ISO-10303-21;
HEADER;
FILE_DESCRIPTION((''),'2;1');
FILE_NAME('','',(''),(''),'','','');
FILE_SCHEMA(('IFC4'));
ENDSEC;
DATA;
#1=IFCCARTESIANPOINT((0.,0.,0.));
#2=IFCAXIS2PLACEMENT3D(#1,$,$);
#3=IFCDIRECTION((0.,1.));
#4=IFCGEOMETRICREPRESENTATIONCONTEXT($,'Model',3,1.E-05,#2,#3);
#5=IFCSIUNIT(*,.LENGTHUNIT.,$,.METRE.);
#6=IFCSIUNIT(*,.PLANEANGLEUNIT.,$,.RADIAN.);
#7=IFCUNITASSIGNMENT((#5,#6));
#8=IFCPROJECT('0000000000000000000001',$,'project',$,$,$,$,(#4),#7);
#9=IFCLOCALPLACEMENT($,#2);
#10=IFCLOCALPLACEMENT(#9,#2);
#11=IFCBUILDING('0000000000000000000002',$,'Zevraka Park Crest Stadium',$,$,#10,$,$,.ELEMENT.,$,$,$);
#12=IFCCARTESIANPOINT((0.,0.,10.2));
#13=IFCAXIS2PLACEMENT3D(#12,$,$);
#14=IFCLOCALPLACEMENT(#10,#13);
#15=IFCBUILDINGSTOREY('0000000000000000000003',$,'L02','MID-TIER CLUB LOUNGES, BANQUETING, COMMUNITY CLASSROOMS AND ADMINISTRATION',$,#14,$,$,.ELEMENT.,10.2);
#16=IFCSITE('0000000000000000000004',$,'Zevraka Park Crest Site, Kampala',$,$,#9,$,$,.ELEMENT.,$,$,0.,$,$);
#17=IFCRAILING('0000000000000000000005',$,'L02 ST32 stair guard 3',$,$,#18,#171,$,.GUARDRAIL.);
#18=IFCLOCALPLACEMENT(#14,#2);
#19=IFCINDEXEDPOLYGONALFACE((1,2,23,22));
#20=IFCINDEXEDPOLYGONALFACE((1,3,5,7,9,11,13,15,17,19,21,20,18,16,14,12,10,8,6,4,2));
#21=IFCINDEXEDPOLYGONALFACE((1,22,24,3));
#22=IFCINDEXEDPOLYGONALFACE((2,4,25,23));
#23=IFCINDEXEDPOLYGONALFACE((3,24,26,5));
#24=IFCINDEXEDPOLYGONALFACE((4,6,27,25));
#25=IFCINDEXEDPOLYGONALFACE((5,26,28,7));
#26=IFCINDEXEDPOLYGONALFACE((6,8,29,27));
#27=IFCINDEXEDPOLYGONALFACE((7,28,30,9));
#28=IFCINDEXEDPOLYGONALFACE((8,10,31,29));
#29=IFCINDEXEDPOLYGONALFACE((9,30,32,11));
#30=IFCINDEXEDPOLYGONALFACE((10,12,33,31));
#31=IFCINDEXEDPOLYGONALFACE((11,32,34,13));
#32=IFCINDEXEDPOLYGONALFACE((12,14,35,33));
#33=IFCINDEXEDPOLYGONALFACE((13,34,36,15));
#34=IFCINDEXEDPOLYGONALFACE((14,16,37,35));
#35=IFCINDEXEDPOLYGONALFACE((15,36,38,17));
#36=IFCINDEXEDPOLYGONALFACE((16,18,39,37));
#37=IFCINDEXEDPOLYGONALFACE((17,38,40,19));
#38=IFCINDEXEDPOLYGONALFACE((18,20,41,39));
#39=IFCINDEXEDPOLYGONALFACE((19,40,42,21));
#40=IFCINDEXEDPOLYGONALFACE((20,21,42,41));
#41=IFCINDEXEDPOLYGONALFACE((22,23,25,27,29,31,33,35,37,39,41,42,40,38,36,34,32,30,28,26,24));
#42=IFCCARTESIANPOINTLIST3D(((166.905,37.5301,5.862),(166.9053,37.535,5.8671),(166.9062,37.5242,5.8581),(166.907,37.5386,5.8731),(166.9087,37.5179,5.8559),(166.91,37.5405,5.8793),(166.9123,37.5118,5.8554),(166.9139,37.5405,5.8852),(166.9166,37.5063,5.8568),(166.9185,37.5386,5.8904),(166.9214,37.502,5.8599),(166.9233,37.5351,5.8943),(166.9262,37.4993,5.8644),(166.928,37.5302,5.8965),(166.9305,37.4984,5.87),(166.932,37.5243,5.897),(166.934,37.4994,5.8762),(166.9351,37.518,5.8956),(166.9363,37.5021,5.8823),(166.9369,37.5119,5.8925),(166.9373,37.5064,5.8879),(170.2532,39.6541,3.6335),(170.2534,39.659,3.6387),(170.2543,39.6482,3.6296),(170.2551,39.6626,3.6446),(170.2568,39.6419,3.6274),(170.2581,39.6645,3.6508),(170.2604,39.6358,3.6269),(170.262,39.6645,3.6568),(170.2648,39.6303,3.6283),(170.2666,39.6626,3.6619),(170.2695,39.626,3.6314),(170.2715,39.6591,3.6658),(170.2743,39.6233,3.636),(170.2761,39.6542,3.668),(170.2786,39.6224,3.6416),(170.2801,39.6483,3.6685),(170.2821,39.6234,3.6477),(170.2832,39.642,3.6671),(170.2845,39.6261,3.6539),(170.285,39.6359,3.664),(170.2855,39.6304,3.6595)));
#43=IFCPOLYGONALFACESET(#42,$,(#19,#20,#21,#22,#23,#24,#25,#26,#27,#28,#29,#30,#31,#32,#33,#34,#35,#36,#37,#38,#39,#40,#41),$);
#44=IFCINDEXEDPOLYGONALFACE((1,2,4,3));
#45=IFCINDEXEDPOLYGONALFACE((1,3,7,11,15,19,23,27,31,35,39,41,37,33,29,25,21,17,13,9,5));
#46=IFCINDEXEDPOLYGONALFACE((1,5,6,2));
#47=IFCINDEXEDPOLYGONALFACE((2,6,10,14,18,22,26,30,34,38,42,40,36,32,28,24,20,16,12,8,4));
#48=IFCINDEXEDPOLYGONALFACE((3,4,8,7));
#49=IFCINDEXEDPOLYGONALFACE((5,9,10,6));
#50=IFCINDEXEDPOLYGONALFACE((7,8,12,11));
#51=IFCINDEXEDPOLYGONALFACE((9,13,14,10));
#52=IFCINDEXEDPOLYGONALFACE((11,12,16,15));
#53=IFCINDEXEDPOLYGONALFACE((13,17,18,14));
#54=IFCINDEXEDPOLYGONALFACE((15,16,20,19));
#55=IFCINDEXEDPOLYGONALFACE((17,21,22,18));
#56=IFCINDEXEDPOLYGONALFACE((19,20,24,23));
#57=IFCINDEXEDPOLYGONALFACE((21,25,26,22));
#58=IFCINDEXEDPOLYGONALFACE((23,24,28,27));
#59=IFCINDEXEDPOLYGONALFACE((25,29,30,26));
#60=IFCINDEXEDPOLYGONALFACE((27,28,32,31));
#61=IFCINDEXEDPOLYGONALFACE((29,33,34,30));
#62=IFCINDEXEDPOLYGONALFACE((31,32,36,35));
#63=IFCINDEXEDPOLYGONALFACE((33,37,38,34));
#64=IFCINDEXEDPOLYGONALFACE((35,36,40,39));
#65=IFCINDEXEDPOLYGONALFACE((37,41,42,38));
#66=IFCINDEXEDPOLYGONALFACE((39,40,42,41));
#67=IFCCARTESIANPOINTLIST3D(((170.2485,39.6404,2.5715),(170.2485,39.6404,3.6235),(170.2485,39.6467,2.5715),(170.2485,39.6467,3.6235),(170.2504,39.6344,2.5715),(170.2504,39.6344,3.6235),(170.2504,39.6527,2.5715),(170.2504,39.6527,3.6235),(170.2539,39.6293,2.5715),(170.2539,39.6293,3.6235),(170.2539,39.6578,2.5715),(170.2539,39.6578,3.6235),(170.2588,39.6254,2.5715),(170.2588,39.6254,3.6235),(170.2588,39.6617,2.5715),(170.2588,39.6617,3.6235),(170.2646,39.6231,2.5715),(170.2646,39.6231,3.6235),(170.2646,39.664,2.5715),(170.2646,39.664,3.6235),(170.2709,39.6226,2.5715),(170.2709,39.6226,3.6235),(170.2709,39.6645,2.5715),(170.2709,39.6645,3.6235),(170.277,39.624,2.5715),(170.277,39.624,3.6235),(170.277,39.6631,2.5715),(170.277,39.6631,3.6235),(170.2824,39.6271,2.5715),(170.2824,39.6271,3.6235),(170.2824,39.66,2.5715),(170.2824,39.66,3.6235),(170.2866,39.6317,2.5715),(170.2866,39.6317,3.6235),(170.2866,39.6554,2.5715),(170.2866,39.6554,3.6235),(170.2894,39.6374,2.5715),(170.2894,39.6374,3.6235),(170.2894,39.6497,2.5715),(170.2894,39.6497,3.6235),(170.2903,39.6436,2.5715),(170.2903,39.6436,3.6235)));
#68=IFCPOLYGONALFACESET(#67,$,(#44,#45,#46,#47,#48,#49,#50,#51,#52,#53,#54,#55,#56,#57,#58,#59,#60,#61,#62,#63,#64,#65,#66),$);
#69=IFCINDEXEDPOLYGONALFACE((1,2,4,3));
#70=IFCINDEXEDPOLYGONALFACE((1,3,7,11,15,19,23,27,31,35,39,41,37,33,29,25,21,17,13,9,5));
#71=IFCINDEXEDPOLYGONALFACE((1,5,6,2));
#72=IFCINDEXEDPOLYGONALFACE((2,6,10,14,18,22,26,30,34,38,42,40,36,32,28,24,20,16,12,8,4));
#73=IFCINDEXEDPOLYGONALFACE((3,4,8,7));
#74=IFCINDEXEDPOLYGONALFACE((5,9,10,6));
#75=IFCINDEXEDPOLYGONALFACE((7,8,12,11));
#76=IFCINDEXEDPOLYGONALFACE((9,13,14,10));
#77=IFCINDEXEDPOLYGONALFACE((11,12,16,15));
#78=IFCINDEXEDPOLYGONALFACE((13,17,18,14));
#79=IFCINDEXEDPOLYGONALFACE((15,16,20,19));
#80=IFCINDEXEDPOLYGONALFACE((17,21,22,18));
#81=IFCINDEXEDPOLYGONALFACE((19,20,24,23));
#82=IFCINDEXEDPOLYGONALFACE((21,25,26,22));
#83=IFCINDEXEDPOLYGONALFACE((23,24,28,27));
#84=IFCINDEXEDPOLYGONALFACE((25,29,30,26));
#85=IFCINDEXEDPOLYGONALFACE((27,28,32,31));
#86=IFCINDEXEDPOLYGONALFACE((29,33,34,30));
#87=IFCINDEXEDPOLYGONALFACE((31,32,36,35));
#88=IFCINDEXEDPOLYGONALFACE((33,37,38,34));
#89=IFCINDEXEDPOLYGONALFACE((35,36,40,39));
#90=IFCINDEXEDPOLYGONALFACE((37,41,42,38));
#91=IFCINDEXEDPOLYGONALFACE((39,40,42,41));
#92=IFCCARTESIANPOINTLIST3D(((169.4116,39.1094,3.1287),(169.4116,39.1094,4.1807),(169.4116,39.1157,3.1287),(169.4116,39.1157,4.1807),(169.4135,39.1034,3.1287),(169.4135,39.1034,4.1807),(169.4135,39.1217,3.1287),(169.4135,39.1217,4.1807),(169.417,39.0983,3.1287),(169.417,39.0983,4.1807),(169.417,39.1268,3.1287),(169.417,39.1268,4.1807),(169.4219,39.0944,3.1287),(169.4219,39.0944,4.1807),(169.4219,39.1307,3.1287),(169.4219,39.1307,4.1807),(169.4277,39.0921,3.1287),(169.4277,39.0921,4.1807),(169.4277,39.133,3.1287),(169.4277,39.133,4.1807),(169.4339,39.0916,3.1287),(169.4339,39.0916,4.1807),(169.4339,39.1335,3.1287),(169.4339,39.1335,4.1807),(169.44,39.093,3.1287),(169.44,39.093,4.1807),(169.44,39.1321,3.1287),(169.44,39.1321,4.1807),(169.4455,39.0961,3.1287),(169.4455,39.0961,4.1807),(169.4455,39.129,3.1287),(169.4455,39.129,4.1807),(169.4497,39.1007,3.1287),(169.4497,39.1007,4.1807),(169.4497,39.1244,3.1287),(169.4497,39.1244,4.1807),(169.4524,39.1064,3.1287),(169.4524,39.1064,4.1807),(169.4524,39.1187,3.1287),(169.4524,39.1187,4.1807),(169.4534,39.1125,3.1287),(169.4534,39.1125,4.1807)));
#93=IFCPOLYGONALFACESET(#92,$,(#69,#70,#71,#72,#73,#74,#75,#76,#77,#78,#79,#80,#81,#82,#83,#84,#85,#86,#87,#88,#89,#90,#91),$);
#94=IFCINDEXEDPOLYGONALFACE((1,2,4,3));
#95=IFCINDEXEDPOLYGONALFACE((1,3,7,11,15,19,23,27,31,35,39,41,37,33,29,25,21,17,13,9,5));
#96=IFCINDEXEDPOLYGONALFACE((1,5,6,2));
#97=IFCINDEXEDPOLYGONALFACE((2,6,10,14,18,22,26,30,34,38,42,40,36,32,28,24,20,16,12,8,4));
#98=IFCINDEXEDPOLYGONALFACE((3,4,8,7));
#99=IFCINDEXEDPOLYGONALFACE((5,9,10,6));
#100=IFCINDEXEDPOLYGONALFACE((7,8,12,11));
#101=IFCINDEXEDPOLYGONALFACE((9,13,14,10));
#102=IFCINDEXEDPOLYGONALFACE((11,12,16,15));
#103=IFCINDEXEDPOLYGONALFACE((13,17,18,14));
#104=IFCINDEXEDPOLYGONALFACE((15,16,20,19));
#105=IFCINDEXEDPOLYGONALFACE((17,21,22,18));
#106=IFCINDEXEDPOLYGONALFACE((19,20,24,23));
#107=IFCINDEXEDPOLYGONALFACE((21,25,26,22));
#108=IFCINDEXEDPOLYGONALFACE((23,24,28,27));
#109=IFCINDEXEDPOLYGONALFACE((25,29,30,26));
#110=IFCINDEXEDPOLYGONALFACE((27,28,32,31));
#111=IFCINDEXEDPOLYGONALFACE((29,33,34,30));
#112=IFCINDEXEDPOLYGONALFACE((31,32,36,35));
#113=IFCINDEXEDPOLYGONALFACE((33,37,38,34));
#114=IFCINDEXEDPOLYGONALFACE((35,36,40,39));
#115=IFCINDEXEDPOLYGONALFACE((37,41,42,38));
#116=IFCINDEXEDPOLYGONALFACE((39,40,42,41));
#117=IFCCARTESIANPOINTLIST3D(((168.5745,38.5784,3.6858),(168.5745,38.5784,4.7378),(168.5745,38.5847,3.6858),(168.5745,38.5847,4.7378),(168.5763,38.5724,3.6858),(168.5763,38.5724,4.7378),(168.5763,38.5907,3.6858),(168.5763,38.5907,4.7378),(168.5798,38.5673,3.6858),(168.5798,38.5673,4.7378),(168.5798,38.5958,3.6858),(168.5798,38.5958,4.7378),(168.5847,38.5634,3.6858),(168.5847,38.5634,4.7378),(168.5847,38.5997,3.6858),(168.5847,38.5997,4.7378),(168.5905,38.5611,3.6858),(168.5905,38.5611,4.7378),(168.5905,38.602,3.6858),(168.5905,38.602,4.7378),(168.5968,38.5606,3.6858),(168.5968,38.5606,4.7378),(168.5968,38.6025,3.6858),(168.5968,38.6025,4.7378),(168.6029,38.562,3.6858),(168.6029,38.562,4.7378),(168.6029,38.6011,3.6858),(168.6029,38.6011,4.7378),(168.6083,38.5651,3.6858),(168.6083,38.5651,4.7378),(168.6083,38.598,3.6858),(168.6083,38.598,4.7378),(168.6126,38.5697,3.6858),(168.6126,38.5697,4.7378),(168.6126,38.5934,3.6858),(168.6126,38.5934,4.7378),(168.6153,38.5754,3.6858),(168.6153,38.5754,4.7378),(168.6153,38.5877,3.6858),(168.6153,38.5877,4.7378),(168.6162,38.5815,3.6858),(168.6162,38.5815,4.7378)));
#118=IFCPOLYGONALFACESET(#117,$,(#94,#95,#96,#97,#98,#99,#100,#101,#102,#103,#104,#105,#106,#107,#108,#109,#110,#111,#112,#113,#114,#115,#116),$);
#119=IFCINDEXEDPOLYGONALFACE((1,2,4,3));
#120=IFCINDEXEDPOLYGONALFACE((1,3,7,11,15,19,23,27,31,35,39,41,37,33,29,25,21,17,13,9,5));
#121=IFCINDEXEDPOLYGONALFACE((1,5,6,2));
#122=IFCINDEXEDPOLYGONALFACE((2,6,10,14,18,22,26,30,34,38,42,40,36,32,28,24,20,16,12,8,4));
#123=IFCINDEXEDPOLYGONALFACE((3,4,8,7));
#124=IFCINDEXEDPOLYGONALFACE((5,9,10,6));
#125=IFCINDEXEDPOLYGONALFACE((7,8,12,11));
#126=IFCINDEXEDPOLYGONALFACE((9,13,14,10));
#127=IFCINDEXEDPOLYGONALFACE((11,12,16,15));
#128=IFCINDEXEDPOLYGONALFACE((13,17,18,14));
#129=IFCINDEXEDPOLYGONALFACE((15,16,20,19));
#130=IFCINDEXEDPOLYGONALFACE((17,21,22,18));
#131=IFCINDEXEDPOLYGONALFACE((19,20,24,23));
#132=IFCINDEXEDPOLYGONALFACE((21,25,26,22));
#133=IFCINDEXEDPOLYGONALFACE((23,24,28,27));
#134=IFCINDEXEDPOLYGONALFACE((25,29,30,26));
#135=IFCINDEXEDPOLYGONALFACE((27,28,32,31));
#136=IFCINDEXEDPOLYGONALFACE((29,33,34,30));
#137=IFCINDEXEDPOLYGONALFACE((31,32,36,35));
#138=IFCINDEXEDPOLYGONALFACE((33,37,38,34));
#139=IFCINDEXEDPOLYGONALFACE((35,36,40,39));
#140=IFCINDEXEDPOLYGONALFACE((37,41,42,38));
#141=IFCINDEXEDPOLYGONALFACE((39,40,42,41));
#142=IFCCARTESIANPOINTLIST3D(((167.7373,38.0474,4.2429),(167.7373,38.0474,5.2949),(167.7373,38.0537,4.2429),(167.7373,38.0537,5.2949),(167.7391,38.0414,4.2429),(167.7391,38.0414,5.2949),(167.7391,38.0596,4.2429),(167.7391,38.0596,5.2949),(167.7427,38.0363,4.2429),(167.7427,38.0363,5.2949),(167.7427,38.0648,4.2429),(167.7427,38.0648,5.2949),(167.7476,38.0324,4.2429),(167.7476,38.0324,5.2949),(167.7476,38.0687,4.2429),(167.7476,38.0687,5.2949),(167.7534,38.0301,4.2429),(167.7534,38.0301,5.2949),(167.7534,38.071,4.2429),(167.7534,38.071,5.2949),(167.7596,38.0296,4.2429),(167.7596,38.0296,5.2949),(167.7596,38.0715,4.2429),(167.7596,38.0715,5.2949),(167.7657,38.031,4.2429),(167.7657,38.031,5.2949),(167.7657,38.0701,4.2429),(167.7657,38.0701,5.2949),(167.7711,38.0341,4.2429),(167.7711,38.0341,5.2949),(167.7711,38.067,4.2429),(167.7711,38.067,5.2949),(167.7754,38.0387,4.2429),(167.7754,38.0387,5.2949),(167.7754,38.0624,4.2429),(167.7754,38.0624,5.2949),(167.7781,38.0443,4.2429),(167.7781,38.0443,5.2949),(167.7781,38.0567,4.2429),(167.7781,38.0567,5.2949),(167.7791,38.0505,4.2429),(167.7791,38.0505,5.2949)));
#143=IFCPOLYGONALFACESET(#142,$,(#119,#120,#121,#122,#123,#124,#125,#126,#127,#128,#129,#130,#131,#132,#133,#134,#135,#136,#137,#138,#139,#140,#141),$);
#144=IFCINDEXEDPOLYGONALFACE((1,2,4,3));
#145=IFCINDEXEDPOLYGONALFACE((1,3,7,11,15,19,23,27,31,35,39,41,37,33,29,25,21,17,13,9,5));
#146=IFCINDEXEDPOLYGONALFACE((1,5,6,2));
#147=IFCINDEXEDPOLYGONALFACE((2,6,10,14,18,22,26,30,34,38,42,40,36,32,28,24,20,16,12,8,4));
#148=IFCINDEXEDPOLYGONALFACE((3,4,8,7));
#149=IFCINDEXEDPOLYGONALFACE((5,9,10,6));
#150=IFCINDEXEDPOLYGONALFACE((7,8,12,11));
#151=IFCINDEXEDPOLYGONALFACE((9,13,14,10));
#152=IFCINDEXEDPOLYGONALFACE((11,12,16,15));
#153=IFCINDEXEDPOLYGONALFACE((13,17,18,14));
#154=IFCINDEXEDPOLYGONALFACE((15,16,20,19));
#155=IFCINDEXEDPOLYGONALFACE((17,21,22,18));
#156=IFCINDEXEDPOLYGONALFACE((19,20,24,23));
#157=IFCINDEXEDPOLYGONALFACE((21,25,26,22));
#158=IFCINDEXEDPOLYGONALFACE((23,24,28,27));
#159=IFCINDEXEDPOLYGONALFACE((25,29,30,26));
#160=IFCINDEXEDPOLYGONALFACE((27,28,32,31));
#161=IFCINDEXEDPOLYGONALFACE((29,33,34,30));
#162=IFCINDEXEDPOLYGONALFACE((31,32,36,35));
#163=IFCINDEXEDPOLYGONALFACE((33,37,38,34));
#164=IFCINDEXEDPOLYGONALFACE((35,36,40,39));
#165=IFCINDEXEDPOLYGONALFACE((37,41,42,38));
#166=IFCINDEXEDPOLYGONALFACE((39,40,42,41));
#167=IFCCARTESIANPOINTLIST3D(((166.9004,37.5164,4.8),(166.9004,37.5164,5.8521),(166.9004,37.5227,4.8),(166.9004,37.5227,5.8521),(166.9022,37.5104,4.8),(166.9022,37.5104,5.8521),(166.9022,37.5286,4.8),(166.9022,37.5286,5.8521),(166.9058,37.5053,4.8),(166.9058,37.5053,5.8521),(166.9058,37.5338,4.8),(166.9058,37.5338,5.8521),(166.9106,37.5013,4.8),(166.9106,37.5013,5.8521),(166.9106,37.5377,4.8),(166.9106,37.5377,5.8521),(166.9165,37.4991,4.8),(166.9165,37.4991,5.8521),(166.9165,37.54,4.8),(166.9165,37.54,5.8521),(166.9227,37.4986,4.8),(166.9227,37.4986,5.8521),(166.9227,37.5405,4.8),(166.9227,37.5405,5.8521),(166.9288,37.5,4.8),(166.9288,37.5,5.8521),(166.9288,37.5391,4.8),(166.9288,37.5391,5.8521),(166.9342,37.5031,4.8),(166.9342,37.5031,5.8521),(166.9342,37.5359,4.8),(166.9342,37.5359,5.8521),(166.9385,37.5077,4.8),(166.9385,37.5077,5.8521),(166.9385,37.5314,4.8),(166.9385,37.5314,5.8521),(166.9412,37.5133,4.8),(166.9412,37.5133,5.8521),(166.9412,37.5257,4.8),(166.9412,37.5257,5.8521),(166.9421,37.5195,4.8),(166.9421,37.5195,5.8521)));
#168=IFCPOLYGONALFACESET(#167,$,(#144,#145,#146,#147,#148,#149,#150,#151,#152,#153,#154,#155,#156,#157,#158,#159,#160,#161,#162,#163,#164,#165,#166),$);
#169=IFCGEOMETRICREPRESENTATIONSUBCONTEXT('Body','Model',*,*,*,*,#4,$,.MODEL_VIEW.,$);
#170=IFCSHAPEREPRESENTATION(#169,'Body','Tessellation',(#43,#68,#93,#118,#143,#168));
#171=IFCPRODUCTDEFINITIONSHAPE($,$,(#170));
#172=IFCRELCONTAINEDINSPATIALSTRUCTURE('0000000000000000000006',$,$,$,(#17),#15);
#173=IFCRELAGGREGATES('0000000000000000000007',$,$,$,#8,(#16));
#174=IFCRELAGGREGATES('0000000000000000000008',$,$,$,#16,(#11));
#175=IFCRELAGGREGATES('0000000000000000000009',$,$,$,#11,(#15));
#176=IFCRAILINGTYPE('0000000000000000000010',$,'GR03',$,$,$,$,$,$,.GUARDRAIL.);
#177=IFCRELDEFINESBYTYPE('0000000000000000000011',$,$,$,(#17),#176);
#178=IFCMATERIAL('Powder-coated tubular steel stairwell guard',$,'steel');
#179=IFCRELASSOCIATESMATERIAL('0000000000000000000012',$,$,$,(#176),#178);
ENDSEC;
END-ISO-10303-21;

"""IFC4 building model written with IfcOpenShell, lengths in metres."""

from ifc_helpers import new_model, si_unit, direction, frame, origin, origin_2d, place, context, subcontext, project, spatial, circle, extrude, material, type_object, element, save


model = new_model("IFC4")

# Units and contexts
model_context = context("Model", 3, precision=1e-05, world=origin(), true_north=direction((0.0, 1.0)))
body_context = subcontext(model_context, "Body", "Model", "MODEL_VIEW")
ifc_project = project(units=[si_unit("LENGTHUNIT", "METRE"), si_unit("PLANEANGLEUNIT", "RADIAN")], contexts=[model_context])

# Site, building, storey
site_placement = place(None, origin())
site = spatial("IfcSite", under=ifc_project, at=site_placement, Name="Zevraka Park Crest Site, Kampala", CompositionType="ELEMENT", RefElevation=0.0)
building_placement = place(site_placement, origin())
building = spatial("IfcBuilding", under=site, at=building_placement, Name="Zevraka Park Crest Stadium", CompositionType="ELEMENT")
storey_placement = place(building_placement, frame((0.0, 0.0, 10.2)))
storey = spatial("IfcBuildingStorey", under=building, at=storey_placement, Name="L02", Description="MID-TIER CLUB LOUNGES, BANQUETING, COMMUNITY CLASSROOMS AND ADMINISTRATION", CompositionType="ELEMENT", Elevation=10.2)

# Railing
ifc_material_1 = material(Name="Powder-coated tubular steel stairwell guard", Category="steel")
railing_type_1 = type_object("IfcRailingType", Name="GR03", PredefinedType="GUARDRAIL", material=ifc_material_1)
railing_1_placement = place(storey_placement, frame((170.2693, 39.6436, 2.5715)))
element("IfcRailing", 1, at=railing_1_placement, inside=storey, type_object=railing_type_1, Name="L02 ST32 stair guard 3", PredefinedType="GUARDRAIL", context=body_context, shape_type="SweptSolid", body=[
    extrude(circle(Radius=0.0239, at=origin_2d()), frame((0.0, 0.0, 1.0762), z_axis=(-0.736117, -0.466984, 0.489957), x_axis=(0.535688, -0.844416, 0.0)), (0.0, 0.0, 1.0), 4.5483),
    extrude(circle(Radius=0.021, at=origin_2d()), origin(), (0.0, 0.0, 1.0), 1.052),
    extrude(circle(Radius=0.021, at=origin_2d()), frame((-0.8369, -0.531, 0.5571)), (0.0, 0.0, 1.0), 1.052),
    extrude(circle(Radius=0.021, at=origin_2d()), frame((-1.6741, -1.062, 1.1143)), (0.0, 0.0, 1.0), 1.052),
    extrude(circle(Radius=0.021, at=origin_2d()), frame((-2.5112, -1.593, 1.6714)), (0.0, 0.0, 1.0), 1.052),
    extrude(circle(Radius=0.021, at=origin_2d()), frame((-3.3481, -2.124, 2.2285)), (0.0, 0.0, 1.0), 1.052),
])

save(model, "model.ifc")
